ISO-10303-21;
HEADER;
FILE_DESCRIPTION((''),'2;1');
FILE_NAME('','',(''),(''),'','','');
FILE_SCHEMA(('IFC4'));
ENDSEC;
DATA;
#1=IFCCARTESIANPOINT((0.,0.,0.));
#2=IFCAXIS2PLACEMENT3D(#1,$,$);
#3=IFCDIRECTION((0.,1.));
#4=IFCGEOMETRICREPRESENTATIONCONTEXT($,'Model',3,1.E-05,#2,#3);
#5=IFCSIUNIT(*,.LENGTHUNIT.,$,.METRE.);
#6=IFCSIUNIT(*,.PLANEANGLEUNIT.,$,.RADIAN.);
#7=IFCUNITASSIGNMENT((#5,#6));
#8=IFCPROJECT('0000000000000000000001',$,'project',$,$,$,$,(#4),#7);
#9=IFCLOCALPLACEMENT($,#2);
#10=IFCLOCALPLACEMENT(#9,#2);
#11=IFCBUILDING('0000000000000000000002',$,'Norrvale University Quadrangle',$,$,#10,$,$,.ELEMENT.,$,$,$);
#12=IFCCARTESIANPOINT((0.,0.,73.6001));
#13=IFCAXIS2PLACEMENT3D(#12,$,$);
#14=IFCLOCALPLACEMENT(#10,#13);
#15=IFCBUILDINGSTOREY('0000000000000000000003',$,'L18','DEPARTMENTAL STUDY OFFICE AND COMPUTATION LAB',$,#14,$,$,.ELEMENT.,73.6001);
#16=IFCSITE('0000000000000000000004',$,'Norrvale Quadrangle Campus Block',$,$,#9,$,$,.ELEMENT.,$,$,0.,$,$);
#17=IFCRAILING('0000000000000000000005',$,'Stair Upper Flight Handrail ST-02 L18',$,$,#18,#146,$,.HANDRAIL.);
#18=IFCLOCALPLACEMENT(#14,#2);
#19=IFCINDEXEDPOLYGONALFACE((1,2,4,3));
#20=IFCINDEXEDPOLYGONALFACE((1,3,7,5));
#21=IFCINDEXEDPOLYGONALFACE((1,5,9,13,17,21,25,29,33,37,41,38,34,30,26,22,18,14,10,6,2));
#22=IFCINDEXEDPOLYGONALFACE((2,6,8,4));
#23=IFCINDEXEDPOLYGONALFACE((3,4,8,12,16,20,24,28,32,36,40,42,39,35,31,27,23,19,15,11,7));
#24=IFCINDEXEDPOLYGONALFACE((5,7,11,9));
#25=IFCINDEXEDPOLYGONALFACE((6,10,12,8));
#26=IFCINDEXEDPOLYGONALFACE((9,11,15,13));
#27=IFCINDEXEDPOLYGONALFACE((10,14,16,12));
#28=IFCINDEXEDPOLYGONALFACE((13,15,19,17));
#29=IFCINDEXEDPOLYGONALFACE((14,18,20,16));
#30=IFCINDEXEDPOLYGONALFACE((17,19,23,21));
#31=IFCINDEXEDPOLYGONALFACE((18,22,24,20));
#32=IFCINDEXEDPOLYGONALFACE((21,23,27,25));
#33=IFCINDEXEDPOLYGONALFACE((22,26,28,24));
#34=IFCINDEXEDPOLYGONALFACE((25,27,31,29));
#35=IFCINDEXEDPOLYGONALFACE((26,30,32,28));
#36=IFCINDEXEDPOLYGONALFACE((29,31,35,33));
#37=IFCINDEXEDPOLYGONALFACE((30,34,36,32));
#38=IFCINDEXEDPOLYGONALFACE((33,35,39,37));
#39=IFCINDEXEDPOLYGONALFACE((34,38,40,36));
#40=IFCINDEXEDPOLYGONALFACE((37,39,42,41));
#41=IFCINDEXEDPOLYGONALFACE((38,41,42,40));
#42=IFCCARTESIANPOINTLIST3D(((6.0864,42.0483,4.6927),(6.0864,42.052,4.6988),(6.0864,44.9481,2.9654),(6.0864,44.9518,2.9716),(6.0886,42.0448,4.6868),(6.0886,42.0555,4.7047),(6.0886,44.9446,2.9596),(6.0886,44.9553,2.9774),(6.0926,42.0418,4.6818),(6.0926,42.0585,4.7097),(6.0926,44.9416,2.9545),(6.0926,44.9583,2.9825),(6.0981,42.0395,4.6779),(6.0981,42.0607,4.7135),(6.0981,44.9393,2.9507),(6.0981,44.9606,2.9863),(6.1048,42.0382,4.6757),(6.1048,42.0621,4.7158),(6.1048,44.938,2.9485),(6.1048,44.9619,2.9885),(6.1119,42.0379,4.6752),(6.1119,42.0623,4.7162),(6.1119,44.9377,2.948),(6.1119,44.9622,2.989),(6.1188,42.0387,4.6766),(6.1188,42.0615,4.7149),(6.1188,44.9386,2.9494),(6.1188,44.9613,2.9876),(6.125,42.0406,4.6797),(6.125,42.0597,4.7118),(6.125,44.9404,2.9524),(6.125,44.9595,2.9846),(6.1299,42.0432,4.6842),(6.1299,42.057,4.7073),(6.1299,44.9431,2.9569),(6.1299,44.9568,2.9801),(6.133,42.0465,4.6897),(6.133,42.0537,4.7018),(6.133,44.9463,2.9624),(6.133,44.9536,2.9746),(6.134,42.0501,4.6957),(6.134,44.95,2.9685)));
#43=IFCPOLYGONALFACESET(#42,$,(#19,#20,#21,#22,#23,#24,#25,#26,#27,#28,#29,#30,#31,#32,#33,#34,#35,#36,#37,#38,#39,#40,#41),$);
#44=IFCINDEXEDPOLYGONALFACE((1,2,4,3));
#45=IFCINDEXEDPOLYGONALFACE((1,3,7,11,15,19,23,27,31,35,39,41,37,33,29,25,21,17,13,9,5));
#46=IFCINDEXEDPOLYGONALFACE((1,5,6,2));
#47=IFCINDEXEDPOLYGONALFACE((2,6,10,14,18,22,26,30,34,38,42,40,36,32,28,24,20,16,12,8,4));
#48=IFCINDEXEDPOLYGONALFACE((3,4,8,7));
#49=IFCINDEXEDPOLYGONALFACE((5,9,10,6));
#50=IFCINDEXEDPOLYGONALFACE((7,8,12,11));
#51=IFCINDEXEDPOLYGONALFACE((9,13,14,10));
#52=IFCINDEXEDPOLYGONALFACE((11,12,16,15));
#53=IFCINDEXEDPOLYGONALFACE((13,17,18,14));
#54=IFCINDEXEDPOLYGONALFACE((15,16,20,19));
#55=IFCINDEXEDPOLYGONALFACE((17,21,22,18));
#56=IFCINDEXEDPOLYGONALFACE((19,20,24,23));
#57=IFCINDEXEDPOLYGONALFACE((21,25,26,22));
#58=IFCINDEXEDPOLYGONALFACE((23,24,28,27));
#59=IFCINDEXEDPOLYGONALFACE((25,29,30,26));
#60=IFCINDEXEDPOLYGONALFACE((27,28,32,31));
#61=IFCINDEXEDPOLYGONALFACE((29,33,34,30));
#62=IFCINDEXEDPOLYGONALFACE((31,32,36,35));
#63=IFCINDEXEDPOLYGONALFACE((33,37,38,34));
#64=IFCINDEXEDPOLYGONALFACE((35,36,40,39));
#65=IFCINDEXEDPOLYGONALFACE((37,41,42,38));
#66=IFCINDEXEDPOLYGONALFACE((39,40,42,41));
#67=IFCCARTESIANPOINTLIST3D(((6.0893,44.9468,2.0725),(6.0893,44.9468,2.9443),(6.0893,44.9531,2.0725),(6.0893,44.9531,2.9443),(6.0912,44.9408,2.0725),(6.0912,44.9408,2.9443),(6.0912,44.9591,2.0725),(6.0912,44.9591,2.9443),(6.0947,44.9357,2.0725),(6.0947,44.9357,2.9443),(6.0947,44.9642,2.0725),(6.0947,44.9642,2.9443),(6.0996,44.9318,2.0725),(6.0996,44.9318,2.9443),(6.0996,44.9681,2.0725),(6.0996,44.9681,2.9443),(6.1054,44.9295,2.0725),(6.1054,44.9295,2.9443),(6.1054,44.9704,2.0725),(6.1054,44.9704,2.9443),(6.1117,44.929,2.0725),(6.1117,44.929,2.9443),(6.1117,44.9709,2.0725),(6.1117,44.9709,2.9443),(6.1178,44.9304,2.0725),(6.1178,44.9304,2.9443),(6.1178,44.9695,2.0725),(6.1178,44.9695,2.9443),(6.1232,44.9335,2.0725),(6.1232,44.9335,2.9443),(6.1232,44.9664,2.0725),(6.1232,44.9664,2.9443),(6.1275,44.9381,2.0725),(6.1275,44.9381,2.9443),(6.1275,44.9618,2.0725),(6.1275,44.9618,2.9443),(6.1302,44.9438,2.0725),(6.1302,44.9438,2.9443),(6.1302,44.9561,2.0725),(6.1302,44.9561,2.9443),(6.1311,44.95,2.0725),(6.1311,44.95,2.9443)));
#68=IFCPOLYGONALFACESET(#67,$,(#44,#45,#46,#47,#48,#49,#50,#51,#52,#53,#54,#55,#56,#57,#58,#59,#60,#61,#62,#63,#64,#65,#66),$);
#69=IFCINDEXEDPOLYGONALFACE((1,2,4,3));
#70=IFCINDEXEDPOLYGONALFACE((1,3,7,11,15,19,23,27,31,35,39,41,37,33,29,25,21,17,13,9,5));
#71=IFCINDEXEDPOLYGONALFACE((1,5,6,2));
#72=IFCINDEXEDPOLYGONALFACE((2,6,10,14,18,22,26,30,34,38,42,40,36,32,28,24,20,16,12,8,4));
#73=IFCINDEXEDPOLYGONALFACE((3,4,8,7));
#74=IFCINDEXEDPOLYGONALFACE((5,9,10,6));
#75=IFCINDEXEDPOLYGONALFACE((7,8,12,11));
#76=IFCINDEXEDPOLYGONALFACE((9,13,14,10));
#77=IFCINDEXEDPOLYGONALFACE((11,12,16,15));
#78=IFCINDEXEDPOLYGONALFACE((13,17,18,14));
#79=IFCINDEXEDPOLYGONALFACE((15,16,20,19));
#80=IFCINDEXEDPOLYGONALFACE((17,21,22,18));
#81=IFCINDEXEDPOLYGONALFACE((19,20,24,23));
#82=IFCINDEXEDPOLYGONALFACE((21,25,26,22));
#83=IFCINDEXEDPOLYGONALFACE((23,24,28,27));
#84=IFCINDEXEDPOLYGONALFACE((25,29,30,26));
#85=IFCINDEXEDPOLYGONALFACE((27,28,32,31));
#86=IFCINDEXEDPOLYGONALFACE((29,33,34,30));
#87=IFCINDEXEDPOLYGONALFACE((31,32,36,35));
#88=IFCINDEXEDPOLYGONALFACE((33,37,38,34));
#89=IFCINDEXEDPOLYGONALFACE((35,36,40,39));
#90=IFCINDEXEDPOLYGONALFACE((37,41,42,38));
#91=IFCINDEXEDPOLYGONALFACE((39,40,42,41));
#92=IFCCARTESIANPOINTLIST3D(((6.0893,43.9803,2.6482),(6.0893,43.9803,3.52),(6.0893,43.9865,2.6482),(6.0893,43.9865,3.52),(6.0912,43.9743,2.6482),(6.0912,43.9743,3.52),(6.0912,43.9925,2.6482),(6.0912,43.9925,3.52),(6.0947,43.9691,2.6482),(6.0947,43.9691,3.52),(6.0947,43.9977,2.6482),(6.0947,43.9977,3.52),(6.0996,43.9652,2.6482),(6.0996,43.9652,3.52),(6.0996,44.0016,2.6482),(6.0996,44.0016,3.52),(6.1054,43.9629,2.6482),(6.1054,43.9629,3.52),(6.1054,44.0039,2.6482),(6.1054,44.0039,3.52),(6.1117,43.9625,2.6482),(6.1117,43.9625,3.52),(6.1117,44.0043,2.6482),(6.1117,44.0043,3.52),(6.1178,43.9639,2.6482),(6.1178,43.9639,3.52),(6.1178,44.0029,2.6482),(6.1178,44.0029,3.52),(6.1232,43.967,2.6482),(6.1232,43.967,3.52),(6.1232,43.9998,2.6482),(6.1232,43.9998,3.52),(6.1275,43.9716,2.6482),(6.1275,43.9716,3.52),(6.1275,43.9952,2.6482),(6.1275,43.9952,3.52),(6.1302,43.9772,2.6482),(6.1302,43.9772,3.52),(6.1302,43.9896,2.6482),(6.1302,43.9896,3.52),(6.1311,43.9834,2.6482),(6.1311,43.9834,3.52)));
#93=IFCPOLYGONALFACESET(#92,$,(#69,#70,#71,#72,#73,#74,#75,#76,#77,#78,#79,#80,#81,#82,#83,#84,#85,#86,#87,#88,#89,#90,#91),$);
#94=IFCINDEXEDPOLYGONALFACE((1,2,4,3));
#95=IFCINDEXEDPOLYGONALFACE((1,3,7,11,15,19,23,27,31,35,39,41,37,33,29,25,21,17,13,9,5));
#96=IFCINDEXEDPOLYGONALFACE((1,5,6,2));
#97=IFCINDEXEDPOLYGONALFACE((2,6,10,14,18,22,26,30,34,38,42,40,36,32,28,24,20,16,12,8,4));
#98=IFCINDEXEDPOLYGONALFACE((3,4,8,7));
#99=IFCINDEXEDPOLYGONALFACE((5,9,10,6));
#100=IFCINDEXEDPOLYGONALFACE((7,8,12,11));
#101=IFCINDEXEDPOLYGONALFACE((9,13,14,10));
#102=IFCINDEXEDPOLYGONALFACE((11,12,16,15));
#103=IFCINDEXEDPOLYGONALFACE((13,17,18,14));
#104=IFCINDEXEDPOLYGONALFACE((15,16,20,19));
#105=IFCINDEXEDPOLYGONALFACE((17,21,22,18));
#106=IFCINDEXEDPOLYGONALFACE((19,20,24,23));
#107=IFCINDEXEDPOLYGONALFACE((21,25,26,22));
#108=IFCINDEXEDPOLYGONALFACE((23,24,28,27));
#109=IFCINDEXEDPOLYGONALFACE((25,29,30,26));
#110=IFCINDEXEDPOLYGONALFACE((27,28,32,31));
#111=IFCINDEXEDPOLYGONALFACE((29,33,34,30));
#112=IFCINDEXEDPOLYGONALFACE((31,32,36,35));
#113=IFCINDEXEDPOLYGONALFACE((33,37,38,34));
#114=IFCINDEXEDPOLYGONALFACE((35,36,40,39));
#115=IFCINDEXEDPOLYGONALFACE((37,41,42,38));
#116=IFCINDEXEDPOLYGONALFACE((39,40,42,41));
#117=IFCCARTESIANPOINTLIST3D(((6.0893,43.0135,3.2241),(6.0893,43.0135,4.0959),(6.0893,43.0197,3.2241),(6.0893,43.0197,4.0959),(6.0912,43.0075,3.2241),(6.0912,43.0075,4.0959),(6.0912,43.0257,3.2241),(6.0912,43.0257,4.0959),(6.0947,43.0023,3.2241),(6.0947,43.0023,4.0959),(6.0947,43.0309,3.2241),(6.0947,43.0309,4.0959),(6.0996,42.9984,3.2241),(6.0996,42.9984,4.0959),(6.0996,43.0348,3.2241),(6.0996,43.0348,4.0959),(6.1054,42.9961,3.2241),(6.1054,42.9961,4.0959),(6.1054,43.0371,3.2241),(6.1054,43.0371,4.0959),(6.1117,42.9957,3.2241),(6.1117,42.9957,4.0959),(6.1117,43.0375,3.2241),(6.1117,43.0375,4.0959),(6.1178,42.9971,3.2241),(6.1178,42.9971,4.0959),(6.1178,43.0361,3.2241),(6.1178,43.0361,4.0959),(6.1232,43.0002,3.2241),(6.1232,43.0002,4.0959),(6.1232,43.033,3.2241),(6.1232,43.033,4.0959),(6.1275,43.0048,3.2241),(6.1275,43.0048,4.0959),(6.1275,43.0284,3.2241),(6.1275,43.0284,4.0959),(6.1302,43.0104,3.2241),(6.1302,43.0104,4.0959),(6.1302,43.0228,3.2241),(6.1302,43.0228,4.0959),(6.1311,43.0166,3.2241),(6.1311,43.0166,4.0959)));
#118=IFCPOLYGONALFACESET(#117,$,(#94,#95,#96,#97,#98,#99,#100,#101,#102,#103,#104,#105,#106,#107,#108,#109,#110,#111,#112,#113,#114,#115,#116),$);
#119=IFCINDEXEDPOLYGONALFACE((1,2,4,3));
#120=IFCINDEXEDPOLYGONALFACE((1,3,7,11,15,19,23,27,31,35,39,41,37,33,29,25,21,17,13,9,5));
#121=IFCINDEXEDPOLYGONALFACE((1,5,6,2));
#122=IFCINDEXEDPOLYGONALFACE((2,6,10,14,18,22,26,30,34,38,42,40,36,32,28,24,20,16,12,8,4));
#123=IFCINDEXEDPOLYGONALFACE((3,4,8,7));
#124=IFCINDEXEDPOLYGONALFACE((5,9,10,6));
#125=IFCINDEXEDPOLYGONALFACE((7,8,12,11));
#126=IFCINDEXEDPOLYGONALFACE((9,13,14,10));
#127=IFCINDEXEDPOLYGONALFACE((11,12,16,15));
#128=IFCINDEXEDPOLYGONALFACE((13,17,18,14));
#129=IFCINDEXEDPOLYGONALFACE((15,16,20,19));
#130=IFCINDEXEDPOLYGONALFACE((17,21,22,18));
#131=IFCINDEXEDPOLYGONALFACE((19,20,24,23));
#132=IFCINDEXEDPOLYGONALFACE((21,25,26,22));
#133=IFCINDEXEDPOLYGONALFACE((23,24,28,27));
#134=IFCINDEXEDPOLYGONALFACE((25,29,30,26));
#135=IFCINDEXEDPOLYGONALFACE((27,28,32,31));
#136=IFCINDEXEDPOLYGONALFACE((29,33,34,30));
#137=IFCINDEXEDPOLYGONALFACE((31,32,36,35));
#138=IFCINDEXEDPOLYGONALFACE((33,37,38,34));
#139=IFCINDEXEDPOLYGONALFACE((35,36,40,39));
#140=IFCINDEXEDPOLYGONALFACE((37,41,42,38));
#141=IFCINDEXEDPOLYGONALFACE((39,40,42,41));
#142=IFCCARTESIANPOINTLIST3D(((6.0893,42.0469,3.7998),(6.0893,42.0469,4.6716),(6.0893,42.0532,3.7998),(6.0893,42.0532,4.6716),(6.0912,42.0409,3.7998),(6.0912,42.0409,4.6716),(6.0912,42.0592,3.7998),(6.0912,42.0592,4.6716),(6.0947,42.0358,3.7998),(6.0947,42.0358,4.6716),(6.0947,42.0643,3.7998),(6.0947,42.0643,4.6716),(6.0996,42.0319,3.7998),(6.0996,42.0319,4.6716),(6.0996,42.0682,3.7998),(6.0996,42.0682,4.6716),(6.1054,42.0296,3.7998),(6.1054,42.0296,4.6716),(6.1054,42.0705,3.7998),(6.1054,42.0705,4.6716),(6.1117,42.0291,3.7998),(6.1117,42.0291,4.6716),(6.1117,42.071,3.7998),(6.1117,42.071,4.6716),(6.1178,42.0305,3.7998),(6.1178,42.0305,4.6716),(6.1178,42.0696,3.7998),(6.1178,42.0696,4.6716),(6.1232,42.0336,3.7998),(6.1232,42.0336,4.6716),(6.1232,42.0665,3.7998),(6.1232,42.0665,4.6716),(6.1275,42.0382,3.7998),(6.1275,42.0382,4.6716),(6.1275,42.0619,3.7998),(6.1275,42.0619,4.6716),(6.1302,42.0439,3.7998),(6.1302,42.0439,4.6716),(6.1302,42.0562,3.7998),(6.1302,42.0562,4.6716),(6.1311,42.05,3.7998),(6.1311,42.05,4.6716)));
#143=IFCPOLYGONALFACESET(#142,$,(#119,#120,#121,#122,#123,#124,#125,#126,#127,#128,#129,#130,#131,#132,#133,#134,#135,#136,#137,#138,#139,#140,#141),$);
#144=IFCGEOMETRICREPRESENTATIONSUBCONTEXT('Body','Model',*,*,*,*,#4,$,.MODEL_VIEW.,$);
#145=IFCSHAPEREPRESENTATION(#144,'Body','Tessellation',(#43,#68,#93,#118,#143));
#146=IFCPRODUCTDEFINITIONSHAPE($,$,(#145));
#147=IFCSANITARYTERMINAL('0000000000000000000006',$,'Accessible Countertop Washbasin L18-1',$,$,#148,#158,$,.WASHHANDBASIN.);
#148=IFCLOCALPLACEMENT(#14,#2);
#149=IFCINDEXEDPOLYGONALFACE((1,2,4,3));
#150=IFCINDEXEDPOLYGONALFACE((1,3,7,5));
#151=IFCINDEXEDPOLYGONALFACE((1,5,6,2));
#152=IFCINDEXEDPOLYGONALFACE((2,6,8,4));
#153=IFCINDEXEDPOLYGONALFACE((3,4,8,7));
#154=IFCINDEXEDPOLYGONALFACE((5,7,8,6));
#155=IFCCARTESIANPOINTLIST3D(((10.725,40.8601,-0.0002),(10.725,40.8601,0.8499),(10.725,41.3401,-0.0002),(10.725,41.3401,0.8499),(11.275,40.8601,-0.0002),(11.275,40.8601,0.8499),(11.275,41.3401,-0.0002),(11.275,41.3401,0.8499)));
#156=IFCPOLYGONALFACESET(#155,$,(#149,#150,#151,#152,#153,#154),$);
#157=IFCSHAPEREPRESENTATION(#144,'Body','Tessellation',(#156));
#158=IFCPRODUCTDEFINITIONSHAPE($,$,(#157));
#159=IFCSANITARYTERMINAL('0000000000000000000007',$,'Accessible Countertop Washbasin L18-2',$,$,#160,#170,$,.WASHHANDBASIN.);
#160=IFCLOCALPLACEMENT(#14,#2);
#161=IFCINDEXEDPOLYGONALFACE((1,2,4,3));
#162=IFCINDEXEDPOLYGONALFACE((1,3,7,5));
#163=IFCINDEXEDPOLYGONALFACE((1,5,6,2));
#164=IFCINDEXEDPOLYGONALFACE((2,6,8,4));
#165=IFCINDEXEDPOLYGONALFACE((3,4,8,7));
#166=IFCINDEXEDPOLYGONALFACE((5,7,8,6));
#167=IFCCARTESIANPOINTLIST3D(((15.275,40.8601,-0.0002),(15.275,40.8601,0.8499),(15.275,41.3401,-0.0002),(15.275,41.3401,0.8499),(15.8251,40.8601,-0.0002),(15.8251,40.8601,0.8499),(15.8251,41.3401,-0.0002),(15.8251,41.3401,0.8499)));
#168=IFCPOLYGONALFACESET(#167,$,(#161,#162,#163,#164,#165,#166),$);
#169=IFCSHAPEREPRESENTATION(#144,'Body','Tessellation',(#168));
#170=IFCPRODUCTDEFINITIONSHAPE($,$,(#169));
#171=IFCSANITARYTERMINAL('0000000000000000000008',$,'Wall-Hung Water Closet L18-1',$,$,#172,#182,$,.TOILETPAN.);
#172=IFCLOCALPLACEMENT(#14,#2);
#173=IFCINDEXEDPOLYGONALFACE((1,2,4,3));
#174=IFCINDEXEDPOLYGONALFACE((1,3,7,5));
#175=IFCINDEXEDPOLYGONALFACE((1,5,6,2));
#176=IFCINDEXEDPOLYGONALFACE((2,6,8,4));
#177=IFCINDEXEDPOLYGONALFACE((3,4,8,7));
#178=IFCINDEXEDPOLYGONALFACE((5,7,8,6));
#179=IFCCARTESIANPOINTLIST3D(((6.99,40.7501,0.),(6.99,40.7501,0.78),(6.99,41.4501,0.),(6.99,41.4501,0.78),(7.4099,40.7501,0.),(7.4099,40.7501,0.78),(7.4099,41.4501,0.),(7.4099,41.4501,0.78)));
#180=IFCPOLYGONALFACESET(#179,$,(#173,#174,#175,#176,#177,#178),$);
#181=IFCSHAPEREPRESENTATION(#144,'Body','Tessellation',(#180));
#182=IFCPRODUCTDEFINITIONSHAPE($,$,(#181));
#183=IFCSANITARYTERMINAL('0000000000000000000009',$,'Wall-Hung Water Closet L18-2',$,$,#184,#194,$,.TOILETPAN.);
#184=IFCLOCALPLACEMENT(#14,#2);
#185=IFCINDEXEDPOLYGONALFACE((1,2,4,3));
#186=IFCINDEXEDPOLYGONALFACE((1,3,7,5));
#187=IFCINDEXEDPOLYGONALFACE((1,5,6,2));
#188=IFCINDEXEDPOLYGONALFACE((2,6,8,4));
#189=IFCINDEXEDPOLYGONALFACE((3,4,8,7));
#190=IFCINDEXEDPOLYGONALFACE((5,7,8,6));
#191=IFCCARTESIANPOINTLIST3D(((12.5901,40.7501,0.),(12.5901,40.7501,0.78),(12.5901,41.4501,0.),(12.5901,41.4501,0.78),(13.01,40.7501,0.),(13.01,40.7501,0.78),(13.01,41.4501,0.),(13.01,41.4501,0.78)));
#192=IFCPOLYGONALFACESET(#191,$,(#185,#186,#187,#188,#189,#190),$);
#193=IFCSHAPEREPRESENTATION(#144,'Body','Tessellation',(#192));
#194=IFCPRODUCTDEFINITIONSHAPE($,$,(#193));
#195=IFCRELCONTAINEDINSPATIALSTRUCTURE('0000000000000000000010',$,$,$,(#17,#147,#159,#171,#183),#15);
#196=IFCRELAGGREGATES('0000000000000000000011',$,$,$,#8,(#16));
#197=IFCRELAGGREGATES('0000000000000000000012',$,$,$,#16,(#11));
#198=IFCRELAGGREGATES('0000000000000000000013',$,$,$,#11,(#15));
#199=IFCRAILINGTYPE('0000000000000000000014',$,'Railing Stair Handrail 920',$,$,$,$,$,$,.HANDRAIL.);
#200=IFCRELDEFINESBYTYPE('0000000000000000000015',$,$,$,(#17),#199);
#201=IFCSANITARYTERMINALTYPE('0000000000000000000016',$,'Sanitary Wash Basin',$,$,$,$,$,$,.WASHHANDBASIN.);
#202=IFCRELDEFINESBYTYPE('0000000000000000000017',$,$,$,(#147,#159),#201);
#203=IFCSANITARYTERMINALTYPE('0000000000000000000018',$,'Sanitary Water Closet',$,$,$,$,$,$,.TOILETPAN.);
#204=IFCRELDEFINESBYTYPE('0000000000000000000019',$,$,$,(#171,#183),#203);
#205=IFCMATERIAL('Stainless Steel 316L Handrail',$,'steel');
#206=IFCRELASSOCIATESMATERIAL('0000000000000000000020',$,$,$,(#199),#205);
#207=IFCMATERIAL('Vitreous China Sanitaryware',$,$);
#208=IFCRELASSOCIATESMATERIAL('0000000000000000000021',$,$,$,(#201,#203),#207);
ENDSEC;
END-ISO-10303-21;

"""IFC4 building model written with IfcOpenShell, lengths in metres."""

from ifc_helpers import new_model, si_unit, direction, frame, origin, origin_2d, place, context, subcontext, project, spatial, rectangle, circle, extrude, material, type_object, element, save


model = new_model("IFC4")

# Units and contexts
model_context = context("Model", 3, precision=1e-05, world=origin(), true_north=direction((0.0, 1.0)))
body_context = subcontext(model_context, "Body", "Model", "MODEL_VIEW")
ifc_project = project(units=[si_unit("LENGTHUNIT", "METRE"), si_unit("PLANEANGLEUNIT", "RADIAN")], contexts=[model_context])

# Site, building, storey
site_placement = place(None, origin())
site = spatial("IfcSite", under=ifc_project, at=site_placement, Name="Norrvale Quadrangle Campus Block", CompositionType="ELEMENT", RefElevation=0.0)
building_placement = place(site_placement, origin())
building = spatial("IfcBuilding", under=site, at=building_placement, Name="Norrvale University Quadrangle", CompositionType="ELEMENT")
storey_placement = place(building_placement, frame((0.0, 0.0, 73.6001)))
storey = spatial("IfcBuildingStorey", under=building, at=storey_placement, Name="L18", Description="DEPARTMENTAL STUDY OFFICE AND COMPUTATION LAB", CompositionType="ELEMENT", Elevation=73.6001)

# Railing
ifc_material_1 = material(Name="Stainless Steel 316L Handrail", Category="steel")
railing_type_1 = type_object("IfcRailingType", Name="Railing Stair Handrail 920", PredefinedType="HANDRAIL", material=ifc_material_1)
railing_1_placement = place(storey_placement, frame((6.1101, 44.95, 2.0725)))
element("IfcRailing", 1, at=railing_1_placement, inside=storey, type_object=railing_type_1, Name="Stair Upper Flight Handrail ST-02 L18", PredefinedType="HANDRAIL", context=body_context, shape_type="SweptSolid", body=[
    extrude(circle(Radius=0.0239, at=origin_2d()), frame((0.0, 0.0, 0.896), z_axis=(0.0, -0.859141, 0.511738), x_axis=(1.0, 0.0, 0.0)), (0.0, 0.0, 1.0), 3.3752),
    extrude(circle(Radius=0.021, at=origin_2d()), origin(), (0.0, 0.0, 1.0), 0.8718),
    extrude(circle(Radius=0.021, at=origin_2d()), frame((0.0, -0.9666, 0.5757)), (0.0, 0.0, 1.0), 0.8718),
    extrude(circle(Radius=0.021, at=origin_2d()), frame((0.0, -1.9333, 1.1516)), (0.0, 0.0, 1.0), 0.8718),
    extrude(circle(Radius=0.021, at=origin_2d()), frame((0.0, -2.8999, 1.7273)), (0.0, 0.0, 1.0), 0.8718),
])

# Sanitary terminals
ifc_material_2 = material(Name="Vitreous China Sanitaryware")
sanitary_terminal_type_1 = type_object("IfcSanitaryTerminalType", Name="Sanitary Wash Basin", PredefinedType="WASHHANDBASIN", material=ifc_material_2)
for number, where, z_axis, x_axis, name in (
    (2, (11.0, 41.1001, -0.0002), (0.0, 0.0, 1.0), (1.0, 0.0, 0.0), "Accessible Countertop Washbasin L18-1"),
    (3, (15.55, 41.1001, -0.0002), (0.0, 0.0, 1.0), (1.0, 0.0, 0.0), "Accessible Countertop Washbasin L18-2"),
):
    element("IfcSanitaryTerminal", number, at=place(storey_placement, frame(where, z_axis=z_axis, x_axis=x_axis)), inside=storey, type_object=sanitary_terminal_type_1, Name=name, PredefinedType="WASHHANDBASIN", context=body_context, shape_type="SweptSolid", body=[
        extrude(rectangle(XDim=0.55, YDim=0.48, at=origin_2d()), origin(), (0.0, 0.0, 1.0), 0.8501),
    ])
sanitary_terminal_type_2 = type_object("IfcSanitaryTerminalType", Name="Sanitary Water Closet", PredefinedType="TOILETPAN", material=ifc_material_2)
for number, where, z_axis, x_axis, name in (
    (4, (7.2, 41.1001, 0.0), (0.0, 0.0, 1.0), (1.0, 0.0, 0.0), "Wall-Hung Water Closet L18-1"),
    (5, (12.8, 41.1001, 0.0), (0.0, 0.0, 1.0), (1.0, 0.0, 0.0), "Wall-Hung Water Closet L18-2"),
):
    element("IfcSanitaryTerminal", number, at=place(storey_placement, frame(where, z_axis=z_axis, x_axis=x_axis)), inside=storey, type_object=sanitary_terminal_type_2, Name=name, PredefinedType="TOILETPAN", context=body_context, shape_type="SweptSolid", body=[
        extrude(rectangle(XDim=0.4199, YDim=0.7, at=origin_2d()), origin(), (0.0, 0.0, 1.0), 0.78),
    ])

save(model, "model.ifc")
